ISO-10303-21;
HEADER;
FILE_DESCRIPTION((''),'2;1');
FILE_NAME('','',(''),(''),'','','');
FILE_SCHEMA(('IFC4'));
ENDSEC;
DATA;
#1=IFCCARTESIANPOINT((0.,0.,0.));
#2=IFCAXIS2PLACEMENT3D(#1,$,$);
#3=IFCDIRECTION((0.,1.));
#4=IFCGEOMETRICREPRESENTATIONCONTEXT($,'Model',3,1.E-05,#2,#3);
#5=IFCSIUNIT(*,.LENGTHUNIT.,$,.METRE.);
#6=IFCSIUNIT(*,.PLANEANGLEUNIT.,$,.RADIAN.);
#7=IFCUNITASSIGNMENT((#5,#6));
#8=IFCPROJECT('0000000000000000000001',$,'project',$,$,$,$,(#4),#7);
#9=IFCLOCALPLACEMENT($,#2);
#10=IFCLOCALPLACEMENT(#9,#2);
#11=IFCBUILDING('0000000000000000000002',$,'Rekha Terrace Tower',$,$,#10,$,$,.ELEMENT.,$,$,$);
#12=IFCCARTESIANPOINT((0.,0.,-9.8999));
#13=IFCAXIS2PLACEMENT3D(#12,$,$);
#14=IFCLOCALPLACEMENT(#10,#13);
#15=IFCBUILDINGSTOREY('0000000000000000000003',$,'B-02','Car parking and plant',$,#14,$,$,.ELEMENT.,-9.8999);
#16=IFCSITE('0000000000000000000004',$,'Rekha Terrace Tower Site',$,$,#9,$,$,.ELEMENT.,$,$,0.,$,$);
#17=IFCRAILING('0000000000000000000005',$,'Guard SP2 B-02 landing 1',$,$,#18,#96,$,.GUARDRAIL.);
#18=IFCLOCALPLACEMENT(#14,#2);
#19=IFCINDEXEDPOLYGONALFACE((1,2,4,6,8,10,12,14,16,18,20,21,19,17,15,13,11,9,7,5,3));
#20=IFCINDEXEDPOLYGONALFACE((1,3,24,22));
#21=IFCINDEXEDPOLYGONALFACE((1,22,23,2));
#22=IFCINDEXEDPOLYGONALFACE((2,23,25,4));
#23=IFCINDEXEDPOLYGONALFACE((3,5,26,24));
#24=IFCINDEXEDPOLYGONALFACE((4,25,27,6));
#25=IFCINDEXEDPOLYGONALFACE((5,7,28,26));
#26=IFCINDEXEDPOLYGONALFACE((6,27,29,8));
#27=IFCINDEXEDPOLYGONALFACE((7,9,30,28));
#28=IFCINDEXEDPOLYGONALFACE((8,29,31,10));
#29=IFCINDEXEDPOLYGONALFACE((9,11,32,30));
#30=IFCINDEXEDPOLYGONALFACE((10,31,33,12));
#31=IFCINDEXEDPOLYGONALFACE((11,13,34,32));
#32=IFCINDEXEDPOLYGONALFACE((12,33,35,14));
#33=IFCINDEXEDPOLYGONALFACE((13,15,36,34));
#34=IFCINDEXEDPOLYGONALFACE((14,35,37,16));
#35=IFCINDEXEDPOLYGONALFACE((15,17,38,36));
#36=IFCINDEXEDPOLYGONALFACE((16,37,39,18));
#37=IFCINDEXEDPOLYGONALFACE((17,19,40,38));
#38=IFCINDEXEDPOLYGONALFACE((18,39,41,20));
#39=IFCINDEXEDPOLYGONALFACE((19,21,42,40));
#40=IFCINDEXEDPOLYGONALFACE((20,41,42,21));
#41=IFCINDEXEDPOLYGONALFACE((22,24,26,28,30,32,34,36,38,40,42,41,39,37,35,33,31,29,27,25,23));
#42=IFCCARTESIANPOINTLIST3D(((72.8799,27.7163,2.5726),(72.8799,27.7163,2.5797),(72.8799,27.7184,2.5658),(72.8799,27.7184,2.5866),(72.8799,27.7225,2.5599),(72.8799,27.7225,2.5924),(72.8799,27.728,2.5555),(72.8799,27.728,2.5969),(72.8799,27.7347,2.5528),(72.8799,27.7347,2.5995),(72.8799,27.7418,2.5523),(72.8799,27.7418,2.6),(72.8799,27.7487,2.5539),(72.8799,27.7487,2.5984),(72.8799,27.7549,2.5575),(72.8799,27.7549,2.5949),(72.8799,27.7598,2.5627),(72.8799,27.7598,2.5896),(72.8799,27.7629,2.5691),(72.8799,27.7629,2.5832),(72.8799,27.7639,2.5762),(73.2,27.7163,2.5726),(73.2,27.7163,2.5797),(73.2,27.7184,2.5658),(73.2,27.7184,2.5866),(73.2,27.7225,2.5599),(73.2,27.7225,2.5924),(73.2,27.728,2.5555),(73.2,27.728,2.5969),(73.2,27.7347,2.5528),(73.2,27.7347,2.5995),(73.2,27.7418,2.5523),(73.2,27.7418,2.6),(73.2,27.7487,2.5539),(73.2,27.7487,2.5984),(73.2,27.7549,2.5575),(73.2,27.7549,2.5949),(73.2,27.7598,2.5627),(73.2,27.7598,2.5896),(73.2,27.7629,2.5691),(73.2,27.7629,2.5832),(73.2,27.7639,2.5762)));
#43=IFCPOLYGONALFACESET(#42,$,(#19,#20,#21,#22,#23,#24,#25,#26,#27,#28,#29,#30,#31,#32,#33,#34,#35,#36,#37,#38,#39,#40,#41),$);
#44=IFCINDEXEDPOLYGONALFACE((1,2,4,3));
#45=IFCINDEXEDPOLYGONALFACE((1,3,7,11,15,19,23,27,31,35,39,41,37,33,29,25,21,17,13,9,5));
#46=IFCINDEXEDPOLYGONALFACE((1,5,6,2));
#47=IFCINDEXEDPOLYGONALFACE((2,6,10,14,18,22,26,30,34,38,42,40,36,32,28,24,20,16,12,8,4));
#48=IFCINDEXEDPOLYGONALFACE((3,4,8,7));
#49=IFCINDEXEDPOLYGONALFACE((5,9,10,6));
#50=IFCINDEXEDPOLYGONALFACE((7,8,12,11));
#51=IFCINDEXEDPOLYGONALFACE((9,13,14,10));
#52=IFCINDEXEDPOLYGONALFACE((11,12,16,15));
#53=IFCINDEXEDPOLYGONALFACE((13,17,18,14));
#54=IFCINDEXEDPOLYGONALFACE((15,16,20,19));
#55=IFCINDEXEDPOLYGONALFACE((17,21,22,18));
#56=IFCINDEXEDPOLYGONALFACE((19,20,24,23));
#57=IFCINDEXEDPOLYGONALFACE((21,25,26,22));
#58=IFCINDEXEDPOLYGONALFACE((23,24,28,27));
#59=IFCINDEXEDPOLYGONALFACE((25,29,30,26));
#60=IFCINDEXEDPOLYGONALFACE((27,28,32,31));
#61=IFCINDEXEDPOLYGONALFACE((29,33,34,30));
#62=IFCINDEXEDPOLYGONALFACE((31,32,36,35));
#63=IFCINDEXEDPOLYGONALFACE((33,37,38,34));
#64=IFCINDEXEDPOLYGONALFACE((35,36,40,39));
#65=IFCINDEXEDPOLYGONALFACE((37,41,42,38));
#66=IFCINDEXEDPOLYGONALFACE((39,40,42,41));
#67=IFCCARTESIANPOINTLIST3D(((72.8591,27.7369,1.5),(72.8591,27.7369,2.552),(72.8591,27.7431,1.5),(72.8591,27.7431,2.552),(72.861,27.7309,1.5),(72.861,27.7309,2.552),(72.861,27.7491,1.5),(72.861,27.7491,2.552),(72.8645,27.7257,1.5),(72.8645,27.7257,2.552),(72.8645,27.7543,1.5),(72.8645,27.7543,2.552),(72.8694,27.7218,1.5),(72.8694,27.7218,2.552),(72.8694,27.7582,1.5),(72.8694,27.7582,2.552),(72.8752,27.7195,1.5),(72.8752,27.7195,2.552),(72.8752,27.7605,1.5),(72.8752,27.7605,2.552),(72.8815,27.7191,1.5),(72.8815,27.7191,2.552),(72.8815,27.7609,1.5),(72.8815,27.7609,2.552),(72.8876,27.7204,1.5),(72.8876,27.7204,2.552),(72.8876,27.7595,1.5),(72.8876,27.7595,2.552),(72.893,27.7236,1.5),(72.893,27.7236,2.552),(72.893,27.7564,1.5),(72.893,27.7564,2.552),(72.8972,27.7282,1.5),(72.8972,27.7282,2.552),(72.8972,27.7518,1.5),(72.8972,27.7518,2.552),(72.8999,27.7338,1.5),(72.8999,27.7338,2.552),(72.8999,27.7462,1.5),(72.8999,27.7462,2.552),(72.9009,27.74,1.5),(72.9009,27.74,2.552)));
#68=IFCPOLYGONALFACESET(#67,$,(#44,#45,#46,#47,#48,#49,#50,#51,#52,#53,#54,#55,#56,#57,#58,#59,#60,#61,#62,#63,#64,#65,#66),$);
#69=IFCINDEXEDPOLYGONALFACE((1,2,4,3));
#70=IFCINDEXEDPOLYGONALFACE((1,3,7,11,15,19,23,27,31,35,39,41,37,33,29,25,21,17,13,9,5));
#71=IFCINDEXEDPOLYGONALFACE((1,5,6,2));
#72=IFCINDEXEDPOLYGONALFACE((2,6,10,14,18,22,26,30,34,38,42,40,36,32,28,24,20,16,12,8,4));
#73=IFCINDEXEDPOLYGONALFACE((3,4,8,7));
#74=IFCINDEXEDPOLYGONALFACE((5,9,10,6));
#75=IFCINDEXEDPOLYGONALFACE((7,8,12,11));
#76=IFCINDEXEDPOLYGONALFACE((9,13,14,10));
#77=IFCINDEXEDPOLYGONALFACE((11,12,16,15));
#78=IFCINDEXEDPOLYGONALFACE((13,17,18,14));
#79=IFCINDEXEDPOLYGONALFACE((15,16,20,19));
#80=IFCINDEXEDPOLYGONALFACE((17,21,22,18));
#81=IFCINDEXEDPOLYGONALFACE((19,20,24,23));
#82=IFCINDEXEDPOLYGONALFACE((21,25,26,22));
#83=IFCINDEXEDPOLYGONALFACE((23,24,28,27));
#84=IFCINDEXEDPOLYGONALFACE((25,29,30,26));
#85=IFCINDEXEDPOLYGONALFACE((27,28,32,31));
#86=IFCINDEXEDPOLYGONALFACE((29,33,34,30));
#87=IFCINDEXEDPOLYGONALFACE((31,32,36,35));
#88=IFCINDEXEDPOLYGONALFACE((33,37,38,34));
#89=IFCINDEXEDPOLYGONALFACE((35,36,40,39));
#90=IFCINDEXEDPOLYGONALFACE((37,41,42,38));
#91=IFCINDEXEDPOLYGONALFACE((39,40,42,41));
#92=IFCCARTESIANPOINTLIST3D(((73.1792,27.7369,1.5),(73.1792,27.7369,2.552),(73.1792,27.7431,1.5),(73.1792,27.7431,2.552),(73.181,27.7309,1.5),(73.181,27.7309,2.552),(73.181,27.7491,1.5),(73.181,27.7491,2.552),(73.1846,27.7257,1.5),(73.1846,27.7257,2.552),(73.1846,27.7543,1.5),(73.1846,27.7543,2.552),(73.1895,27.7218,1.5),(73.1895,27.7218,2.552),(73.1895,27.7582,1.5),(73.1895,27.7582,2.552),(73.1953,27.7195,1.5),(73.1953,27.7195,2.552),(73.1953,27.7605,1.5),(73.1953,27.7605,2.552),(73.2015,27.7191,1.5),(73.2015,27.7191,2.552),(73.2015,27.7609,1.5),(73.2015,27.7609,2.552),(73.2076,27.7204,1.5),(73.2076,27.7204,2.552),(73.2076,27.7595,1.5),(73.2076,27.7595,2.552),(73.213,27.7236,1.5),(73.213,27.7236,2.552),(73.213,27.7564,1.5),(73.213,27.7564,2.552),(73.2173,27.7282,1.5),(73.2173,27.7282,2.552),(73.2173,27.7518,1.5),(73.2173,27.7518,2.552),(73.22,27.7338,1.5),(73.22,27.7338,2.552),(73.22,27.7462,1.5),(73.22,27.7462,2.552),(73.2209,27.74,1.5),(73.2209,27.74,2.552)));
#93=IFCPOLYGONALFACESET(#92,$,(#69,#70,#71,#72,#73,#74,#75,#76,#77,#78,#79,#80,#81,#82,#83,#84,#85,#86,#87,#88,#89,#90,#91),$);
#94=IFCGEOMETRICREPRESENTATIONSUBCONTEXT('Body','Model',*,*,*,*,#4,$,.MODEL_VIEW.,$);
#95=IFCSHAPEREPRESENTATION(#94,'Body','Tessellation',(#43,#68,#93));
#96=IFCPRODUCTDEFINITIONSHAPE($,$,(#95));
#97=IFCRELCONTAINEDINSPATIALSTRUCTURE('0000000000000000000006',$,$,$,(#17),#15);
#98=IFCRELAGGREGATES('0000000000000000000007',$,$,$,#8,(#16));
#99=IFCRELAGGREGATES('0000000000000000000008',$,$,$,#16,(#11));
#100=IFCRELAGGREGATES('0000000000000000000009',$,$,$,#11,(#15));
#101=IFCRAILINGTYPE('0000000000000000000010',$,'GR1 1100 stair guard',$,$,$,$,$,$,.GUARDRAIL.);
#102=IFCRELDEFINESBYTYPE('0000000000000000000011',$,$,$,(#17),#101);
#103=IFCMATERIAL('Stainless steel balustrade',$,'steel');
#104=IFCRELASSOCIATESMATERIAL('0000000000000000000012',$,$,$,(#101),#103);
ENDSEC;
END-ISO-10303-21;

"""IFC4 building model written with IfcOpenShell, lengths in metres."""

from ifc_helpers import new_model, si_unit, direction, frame, origin, origin_2d, place, context, subcontext, project, spatial, circle, extrude, material, type_object, element, save


model = new_model("IFC4")

# Units and contexts
model_context = context("Model", 3, precision=1e-05, world=origin(), true_north=direction((0.0, 1.0)))
body_context = subcontext(model_context, "Body", "Model", "MODEL_VIEW")
ifc_project = project(units=[si_unit("LENGTHUNIT", "METRE"), si_unit("PLANEANGLEUNIT", "RADIAN")], contexts=[model_context])

# Site, building, storey
site_placement = place(None, origin())
site = spatial("IfcSite", under=ifc_project, at=site_placement, Name="Rekha Terrace Tower Site", CompositionType="ELEMENT", RefElevation=0.0)
building_placement = place(site_placement, origin())
building = spatial("IfcBuilding", under=site, at=building_placement, Name="Rekha Terrace Tower", CompositionType="ELEMENT")
storey_placement = place(building_placement, frame((0.0, 0.0, -9.8999)))
storey = spatial("IfcBuildingStorey", under=building, at=storey_placement, Name="B-02", Description="Car parking and plant", CompositionType="ELEMENT", Elevation=-9.8999)

# Railing
ifc_material_1 = material(Name="Stainless steel balustrade", Category="steel")
railing_type_1 = type_object("IfcRailingType", Name="GR1 1100 stair guard", PredefinedType="GUARDRAIL", material=ifc_material_1)
railing_1_placement = place(storey_placement, frame((72.8799, 27.74, 1.5)))
element("IfcRailing", 1, at=railing_1_placement, inside=storey, type_object=railing_type_1, Name="Guard SP2 B-02 landing 1", PredefinedType="GUARDRAIL", context=body_context, shape_type="SweptSolid", body=[
    extrude(circle(Radius=0.0239, at=origin_2d()), frame((0.0, 0.0, 1.0762), z_axis=(1.0, 0.0, 0.0), x_axis=(0.0, 1.0, 0.0)), (0.0, 0.0, 1.0), 0.3201),
    extrude(circle(Radius=0.021, at=origin_2d()), origin(), (0.0, 0.0, 1.0), 1.052),
    extrude(circle(Radius=0.021, at=origin_2d()), frame((0.3201, 0.0, 0.0)), (0.0, 0.0, 1.0), 1.052),
])

save(model, "model.ifc")
